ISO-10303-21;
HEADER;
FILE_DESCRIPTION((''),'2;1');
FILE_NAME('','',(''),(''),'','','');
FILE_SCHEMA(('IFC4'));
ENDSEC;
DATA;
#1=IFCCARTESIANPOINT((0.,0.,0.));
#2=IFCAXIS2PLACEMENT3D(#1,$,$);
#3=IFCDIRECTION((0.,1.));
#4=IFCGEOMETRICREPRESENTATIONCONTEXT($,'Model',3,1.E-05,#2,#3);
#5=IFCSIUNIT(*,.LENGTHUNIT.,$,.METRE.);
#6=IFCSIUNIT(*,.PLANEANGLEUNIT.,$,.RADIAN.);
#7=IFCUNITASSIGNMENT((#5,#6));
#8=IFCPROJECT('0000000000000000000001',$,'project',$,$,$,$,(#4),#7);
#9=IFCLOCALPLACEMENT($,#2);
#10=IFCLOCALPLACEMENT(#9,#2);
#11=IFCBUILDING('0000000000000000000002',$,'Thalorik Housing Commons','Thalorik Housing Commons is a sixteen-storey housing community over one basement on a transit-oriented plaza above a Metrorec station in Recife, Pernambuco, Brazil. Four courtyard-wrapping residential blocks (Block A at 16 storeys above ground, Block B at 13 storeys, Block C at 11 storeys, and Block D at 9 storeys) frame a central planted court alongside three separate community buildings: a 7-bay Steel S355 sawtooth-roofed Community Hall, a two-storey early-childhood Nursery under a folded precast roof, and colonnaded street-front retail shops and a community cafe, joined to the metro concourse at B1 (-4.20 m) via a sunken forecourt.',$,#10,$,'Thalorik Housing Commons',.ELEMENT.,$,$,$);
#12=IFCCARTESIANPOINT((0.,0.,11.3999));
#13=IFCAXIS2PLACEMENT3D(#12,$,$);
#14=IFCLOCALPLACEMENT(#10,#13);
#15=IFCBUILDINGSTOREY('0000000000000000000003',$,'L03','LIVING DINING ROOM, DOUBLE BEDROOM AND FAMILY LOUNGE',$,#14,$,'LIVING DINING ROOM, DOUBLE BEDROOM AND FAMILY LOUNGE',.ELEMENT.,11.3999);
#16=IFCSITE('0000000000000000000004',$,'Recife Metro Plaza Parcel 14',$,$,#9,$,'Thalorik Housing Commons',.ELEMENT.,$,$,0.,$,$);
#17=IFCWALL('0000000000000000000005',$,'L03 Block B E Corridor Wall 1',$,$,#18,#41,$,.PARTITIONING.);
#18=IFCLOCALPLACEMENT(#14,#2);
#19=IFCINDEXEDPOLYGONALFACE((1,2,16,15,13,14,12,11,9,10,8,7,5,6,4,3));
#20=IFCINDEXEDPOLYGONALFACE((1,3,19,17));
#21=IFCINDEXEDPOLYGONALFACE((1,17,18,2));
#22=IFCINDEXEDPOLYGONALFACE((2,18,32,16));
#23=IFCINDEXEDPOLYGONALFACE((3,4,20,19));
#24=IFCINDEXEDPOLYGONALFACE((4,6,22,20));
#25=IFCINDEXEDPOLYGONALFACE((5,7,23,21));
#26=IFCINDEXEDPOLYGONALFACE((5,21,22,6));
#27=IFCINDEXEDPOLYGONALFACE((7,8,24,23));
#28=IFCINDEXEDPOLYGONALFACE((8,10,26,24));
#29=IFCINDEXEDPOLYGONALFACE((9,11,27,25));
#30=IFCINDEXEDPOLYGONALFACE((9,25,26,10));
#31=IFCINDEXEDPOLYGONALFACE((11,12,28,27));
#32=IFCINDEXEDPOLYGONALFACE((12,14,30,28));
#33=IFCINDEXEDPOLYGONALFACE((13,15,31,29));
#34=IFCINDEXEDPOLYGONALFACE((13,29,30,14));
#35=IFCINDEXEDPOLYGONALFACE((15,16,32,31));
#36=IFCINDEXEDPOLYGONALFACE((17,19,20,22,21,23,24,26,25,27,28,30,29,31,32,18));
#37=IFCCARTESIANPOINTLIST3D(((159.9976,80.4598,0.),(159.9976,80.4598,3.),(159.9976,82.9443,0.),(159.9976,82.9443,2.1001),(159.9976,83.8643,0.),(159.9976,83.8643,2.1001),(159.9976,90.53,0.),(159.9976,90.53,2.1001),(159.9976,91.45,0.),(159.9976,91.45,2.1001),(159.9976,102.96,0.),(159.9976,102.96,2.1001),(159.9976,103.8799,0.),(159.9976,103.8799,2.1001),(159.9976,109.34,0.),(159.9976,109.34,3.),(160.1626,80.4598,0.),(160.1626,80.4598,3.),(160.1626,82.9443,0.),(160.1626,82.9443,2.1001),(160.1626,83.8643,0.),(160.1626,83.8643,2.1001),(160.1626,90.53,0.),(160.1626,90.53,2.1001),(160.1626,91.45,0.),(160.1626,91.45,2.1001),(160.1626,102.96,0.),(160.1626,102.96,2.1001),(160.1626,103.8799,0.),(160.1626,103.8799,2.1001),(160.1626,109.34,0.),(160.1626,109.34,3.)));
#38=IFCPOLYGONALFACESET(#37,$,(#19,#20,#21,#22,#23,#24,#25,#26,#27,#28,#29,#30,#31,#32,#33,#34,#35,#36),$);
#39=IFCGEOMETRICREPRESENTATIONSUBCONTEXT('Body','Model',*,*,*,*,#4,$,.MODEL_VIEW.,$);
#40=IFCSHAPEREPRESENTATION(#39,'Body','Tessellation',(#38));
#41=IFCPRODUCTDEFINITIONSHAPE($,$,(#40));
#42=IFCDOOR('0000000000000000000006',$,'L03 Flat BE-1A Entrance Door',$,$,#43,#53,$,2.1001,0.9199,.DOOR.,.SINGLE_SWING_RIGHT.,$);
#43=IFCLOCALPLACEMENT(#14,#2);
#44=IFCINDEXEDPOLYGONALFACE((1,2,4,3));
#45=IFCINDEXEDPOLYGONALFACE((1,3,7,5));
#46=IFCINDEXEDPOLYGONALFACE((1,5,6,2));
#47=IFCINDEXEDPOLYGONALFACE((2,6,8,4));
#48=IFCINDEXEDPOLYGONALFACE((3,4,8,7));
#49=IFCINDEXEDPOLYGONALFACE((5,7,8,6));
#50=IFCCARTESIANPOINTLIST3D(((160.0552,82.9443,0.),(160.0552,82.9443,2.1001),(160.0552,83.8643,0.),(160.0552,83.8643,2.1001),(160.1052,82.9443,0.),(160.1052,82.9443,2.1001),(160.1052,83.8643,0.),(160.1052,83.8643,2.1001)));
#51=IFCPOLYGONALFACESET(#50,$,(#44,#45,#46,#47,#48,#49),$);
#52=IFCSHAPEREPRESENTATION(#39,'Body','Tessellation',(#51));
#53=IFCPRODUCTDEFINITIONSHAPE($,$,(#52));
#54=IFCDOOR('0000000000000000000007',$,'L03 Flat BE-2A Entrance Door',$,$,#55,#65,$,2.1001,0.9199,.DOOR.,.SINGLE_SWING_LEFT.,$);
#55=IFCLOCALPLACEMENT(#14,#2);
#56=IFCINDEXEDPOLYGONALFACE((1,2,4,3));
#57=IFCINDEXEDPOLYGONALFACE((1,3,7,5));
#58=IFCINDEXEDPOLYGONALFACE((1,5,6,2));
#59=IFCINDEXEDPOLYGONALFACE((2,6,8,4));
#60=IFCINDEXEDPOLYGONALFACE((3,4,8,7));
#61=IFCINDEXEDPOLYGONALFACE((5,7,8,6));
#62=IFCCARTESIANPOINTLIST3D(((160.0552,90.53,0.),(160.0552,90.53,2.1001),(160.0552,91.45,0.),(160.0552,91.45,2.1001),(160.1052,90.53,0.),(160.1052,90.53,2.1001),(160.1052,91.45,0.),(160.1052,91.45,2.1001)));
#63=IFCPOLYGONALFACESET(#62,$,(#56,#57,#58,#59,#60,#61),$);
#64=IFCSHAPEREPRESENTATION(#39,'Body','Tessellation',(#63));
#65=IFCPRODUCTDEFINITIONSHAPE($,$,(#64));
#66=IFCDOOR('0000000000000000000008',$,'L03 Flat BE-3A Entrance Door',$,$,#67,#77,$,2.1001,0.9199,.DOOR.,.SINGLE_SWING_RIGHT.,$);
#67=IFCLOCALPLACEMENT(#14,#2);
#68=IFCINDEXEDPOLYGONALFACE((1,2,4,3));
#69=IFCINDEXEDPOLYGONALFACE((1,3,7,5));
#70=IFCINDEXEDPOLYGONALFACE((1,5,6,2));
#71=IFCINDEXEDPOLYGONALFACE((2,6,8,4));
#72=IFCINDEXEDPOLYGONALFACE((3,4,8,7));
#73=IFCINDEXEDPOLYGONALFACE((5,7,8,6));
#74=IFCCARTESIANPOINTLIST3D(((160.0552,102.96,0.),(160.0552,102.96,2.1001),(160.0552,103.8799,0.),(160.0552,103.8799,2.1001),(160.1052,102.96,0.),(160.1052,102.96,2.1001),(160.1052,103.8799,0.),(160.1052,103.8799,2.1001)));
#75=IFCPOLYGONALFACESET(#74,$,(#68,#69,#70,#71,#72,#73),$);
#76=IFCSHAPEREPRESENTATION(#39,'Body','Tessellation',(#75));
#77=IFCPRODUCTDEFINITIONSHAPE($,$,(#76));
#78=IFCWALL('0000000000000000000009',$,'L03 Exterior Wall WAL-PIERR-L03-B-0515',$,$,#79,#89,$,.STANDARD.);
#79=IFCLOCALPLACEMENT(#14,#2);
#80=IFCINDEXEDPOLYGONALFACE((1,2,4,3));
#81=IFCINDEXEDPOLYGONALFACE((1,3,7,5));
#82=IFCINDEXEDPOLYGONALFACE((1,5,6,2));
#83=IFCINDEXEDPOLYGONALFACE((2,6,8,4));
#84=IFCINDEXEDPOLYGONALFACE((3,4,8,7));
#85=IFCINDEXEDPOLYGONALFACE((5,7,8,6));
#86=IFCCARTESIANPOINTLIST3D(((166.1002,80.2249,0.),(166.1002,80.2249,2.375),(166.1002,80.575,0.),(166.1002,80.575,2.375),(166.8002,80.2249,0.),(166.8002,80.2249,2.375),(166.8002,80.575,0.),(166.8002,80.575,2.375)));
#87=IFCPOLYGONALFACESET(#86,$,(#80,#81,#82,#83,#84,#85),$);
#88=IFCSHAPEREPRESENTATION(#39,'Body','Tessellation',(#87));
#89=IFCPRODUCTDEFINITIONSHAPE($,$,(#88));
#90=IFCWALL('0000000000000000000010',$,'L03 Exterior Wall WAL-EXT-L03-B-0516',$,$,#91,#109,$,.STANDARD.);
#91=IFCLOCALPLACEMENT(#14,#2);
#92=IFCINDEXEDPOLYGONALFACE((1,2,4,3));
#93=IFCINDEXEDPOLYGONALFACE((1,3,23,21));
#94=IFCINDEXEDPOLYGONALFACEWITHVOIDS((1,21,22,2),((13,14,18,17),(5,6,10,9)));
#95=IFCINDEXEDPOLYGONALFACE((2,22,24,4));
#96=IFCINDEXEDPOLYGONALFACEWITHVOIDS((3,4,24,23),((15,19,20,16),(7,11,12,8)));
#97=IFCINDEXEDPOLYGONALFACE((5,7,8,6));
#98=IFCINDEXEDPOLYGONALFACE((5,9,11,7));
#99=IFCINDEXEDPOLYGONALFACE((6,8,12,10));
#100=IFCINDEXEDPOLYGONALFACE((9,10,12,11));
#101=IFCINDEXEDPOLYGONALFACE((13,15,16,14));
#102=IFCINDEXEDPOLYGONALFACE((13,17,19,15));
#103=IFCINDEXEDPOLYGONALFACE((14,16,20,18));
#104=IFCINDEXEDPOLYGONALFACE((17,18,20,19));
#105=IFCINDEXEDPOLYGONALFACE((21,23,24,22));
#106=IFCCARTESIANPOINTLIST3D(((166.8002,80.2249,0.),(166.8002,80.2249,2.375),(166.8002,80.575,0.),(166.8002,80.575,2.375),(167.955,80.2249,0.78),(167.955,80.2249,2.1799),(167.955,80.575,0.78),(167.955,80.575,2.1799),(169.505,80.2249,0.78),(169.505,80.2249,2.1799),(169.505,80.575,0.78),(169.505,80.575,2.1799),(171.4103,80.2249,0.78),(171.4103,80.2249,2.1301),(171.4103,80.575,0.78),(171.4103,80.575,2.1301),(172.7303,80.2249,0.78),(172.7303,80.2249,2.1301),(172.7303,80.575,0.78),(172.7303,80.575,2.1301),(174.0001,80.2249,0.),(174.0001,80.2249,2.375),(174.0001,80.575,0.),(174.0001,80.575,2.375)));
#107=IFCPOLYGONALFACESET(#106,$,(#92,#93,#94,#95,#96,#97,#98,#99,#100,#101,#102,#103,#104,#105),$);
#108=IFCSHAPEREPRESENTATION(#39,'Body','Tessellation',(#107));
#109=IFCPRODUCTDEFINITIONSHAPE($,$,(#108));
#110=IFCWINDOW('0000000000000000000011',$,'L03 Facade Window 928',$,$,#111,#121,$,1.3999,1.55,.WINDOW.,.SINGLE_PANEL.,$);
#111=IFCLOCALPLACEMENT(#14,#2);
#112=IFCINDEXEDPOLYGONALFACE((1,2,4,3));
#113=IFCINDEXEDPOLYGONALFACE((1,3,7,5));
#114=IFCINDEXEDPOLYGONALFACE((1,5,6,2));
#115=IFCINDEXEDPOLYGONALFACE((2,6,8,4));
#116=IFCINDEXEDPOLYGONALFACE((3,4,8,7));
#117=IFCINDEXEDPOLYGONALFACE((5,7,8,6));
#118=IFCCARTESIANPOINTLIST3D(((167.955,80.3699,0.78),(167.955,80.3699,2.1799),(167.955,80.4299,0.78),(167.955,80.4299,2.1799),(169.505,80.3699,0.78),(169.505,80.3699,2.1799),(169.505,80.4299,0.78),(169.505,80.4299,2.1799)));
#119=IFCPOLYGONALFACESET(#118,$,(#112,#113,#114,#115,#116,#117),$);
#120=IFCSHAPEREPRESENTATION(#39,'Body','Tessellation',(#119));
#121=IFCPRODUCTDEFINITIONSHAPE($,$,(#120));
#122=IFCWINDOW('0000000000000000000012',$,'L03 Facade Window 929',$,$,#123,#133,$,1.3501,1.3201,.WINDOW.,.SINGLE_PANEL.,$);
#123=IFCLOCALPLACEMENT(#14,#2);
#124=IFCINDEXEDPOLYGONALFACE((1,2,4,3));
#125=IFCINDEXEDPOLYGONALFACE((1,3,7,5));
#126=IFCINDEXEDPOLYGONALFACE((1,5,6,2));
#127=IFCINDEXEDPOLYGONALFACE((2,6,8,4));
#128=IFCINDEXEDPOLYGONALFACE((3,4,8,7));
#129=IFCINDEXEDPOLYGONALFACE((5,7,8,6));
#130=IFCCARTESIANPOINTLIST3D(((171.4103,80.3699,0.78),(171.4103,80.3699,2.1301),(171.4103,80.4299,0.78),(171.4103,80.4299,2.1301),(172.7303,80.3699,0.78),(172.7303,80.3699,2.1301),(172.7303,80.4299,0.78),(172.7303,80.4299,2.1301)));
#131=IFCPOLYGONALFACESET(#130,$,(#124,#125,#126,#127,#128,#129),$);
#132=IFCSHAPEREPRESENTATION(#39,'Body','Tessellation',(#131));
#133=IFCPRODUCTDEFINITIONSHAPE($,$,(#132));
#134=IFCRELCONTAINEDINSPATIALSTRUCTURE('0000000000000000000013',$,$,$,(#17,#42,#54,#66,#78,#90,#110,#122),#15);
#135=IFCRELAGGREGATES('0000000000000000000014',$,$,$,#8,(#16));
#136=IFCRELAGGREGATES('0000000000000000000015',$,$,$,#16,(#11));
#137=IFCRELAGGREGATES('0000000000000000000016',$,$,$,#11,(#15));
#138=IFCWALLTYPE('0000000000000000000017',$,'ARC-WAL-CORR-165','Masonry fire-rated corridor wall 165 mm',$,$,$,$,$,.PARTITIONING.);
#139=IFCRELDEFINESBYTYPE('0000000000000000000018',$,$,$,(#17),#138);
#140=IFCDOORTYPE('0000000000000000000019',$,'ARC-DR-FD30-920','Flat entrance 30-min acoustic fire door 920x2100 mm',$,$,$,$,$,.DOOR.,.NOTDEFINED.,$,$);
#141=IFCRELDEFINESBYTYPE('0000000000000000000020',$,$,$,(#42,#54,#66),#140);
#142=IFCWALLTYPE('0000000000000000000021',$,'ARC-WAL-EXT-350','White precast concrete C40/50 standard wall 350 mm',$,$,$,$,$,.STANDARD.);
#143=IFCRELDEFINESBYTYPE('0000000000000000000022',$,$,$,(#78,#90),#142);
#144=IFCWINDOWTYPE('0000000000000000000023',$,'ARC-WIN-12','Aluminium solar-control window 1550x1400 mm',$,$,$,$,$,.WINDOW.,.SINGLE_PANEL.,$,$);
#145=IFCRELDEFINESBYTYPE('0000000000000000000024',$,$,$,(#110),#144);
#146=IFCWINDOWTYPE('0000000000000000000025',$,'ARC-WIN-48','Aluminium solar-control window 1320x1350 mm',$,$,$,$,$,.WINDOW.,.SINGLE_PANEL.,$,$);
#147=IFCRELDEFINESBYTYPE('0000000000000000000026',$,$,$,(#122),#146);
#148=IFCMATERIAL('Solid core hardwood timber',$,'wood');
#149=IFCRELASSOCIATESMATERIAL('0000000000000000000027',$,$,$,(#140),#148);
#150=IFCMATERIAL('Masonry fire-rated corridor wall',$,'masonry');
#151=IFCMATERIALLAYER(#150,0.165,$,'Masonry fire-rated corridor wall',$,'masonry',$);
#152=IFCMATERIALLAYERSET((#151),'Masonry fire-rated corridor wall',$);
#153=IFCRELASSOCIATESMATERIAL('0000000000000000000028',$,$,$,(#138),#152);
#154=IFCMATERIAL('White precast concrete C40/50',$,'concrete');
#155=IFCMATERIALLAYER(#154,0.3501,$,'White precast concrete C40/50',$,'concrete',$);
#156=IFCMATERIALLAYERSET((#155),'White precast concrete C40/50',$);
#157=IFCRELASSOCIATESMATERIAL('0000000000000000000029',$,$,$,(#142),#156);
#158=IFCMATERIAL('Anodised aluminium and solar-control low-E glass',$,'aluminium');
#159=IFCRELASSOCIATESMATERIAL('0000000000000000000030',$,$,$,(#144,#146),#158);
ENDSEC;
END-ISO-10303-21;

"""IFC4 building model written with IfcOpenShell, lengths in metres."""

from ifc_helpers import new_model, si_unit, direction, frame, frame_2d, origin, place, context, subcontext, project, spatial, rectangle, extrude, material, layer, layer_set, type_object, element, fill, save


model = new_model("IFC4")

# Units and contexts
model_context = context("Model", 3, precision=1e-05, world=origin(), true_north=direction((0.0, 1.0)))
body_context = subcontext(model_context, "Body", "Model", "MODEL_VIEW")
ifc_project = project(units=[si_unit("LENGTHUNIT", "METRE"), si_unit("PLANEANGLEUNIT", "RADIAN")], contexts=[model_context])

# Site, building, storey
site_placement = place(None, origin())
site = spatial("IfcSite", under=ifc_project, at=site_placement, Name="Recife Metro Plaza Parcel 14", LongName="Thalorik Housing Commons", CompositionType="ELEMENT", RefElevation=0.0)
building_placement = place(site_placement, origin())
building = spatial("IfcBuilding", under=site, at=building_placement, Name="Thalorik Housing Commons", Description="Thalorik Housing Commons is a sixteen-storey housing community over one basement on a transit-oriented plaza above a Metrorec station in Recife, Pernambuco, Brazil. Four courtyard-wrapping residential blocks (Block A at 16 storeys above ground, Block B at 13 storeys, Block C at 11 storeys, and Block D at 9 storeys) frame a central planted court alongside three separate community buildings: a 7-bay Steel S355 sawtooth-roofed Community Hall, a two-storey early-childhood Nursery under a folded precast roof, and colonnaded street-front retail shops and a community cafe, joined to the metro concourse at B1 (-4.20 m) via a sunken forecourt.", LongName="Thalorik Housing Commons", CompositionType="ELEMENT")
storey_placement = place(building_placement, frame((0.0, 0.0, 11.3999)))
storey = spatial("IfcBuildingStorey", under=building, at=storey_placement, Name="L03", Description="LIVING DINING ROOM, DOUBLE BEDROOM AND FAMILY LOUNGE", LongName="LIVING DINING ROOM, DOUBLE BEDROOM AND FAMILY LOUNGE", CompositionType="ELEMENT", Elevation=11.3999)

# Shared definitions
ifc_material_1 = material(Name="Anodised aluminium and solar-control low-E glass", Category="aluminium")

# Wall, openings, doors
ifc_material_2 = material(Name="Masonry fire-rated corridor wall", Category="masonry")
ifc_material_3 = material(Name="Solid core hardwood timber", Category="wood")
door_type_1 = type_object("IfcDoorType", Name="ARC-DR-FD30-920", Description="Flat entrance 30-min acoustic fire door 920x2100 mm", OperationType="NOTDEFINED", PredefinedType="DOOR", material=ifc_material_3)
ifc_layer_1 = layer(ifc_material_2, 0.165, Name="Masonry fire-rated corridor wall", Category="masonry")
ifc_layer_set_1 = layer_set([ifc_layer_1], Name="Masonry fire-rated corridor wall")
wall_type_1 = type_object("IfcWallType", Name="ARC-WAL-CORR-165", Description="Masonry fire-rated corridor wall 165 mm", PredefinedType="PARTITIONING", material=ifc_layer_set_1)
wall_1_placement = place(storey_placement, frame((160.0801, 80.46, 0.0), z_axis=(0.0, 0.0, 1.0), x_axis=(0.0, 1.0, 0.0)))
wall_1 = element("IfcWall", 1, at=wall_1_placement, inside=storey, type_object=wall_type_1, Name="L03 Block B E Corridor Wall 1", PredefinedType="PARTITIONING", context=body_context, shape_type="SweptSolid", body=[
    extrude(rectangle(XDim=28.8801, YDim=0.165, at=frame_2d((14.4399, 0.0))), origin(), (0.0, 0.0, 1.0), 3.0),
])
opening_1_placement = place(wall_1_placement, frame((2.4844, 0.0, 0.0)))
opening_1 = element("IfcOpeningElement", 2, at=opening_1_placement, cuts=wall_1, PredefinedType="OPENING", context=body_context, shape_type="SweptSolid", body=[
    extrude(rectangle(XDim=0.9199, YDim=2.1001, at=frame_2d((0.46, 1.05))), frame((0.0, 0.0925, 0.0), z_axis=(0.0, -1.0, 0.0), x_axis=(1.0, 0.0, 0.0)), (0.0, 0.0, 1.0), 0.1851),
])
opening_2_placement = place(wall_1_placement, frame((10.0701, 0.0, 0.0)))
opening_2 = element("IfcOpeningElement", 3, at=opening_2_placement, cuts=wall_1, PredefinedType="OPENING", context=body_context, shape_type="SweptSolid", body=[
    extrude(rectangle(XDim=0.9199, YDim=2.1001, at=frame_2d((0.46, 1.05))), frame((0.0, 0.0925, 0.0), z_axis=(0.0, -1.0, 0.0), x_axis=(1.0, 0.0, 0.0)), (0.0, 0.0, 1.0), 0.1851),
])
opening_3_placement = place(wall_1_placement, frame((22.5, 0.0, 0.0)))
opening_3 = element("IfcOpeningElement", 4, at=opening_3_placement, cuts=wall_1, PredefinedType="OPENING", context=body_context, shape_type="SweptSolid", body=[
    extrude(rectangle(XDim=0.9199, YDim=2.1001, at=frame_2d((0.46, 1.05))), frame((0.0, 0.0925, 0.0), z_axis=(0.0, -1.0, 0.0), x_axis=(1.0, 0.0, 0.0)), (0.0, 0.0, 1.0), 0.1851),
])
door_1_placement = place(opening_1_placement, origin())
door_1 = element("IfcDoor", 5, at=door_1_placement, inside=storey, type_object=door_type_1, Name="L03 Flat BE-1A Entrance Door", OperationType="SINGLE_SWING_RIGHT", OverallHeight=2.1001, OverallWidth=0.9199, PredefinedType="DOOR", context=body_context, shape_type="SweptSolid", body=[
    extrude(rectangle(XDim=0.9199, YDim=2.1001, at=frame_2d((0.46, 1.05))), frame((0.0, 0.0249, 0.0), z_axis=(0.0, -1.0, 0.0), x_axis=(1.0, 0.0, 0.0)), (0.0, 0.0, 1.0), 0.05),
])
fill(opening_1, door_1)
door_2_placement = place(opening_2_placement, origin())
door_2 = element("IfcDoor", 6, at=door_2_placement, inside=storey, type_object=door_type_1, Name="L03 Flat BE-2A Entrance Door", OperationType="SINGLE_SWING_LEFT", OverallHeight=2.1001, OverallWidth=0.9199, PredefinedType="DOOR", context=body_context, shape_type="SweptSolid", body=[
    extrude(rectangle(XDim=0.9199, YDim=2.1001, at=frame_2d((0.46, 1.05))), frame((0.0, 0.0249, 0.0), z_axis=(0.0, -1.0, 0.0), x_axis=(1.0, 0.0, 0.0)), (0.0, 0.0, 1.0), 0.05),
])
fill(opening_2, door_2)
door_3_placement = place(opening_3_placement, origin())
door_3 = element("IfcDoor", 7, at=door_3_placement, inside=storey, type_object=door_type_1, Name="L03 Flat BE-3A Entrance Door", OperationType="SINGLE_SWING_RIGHT", OverallHeight=2.1001, OverallWidth=0.9199, PredefinedType="DOOR", context=body_context, shape_type="SweptSolid", body=[
    extrude(rectangle(XDim=0.9199, YDim=2.1001, at=frame_2d((0.46, 1.05))), frame((0.0, 0.0249, 0.0), z_axis=(0.0, -1.0, 0.0), x_axis=(1.0, 0.0, 0.0)), (0.0, 0.0, 1.0), 0.05),
])
fill(opening_3, door_3)

# Wall
ifc_material_4 = material(Name="White precast concrete C40/50", Category="concrete")
ifc_layer_2 = layer(ifc_material_4, 0.3501, Name="White precast concrete C40/50", Category="concrete")
ifc_layer_set_2 = layer_set([ifc_layer_2], Name="White precast concrete C40/50")
wall_type_2 = type_object("IfcWallType", Name="ARC-WAL-EXT-350", Description="White precast concrete C40/50 standard wall 350 mm", PredefinedType="STANDARD", material=ifc_layer_set_2)
wall_2_placement = place(storey_placement, frame((166.1001, 80.3999, 0.0), z_axis=(0.0, 0.0, 1.0), x_axis=(1.0, 0.0, 0.0)))
element("IfcWall", 8, at=wall_2_placement, inside=storey, type_object=wall_type_2, Name="L03 Exterior Wall WAL-PIERR-L03-B-0515", PredefinedType="STANDARD", context=body_context, shape_type="SweptSolid", body=[
    extrude(rectangle(XDim=0.7, YDim=0.3501, at=frame_2d((0.3501, 0.0))), origin(), (0.0, 0.0, 1.0), 2.375),
])

# Wall, openings, windows
wall_3_placement = place(storey_placement, frame((166.8, 80.3999, 0.0), z_axis=(0.0, 0.0, 1.0), x_axis=(1.0, 0.0, 0.0)))
wall_3 = element("IfcWall", 9, at=wall_3_placement, inside=storey, type_object=wall_type_2, Name="L03 Exterior Wall WAL-EXT-L03-B-0516", PredefinedType="STANDARD", context=body_context, shape_type="SweptSolid", body=[
    extrude(rectangle(XDim=7.2, YDim=0.3501, at=frame_2d((3.6001, 0.0))), origin(), (0.0, 0.0, 1.0), 2.375),
])
opening_4_placement = place(wall_3_placement, frame((1.155, 0.0, 0.78)))
opening_4 = element("IfcOpeningElement", 10, at=opening_4_placement, cuts=wall_3, PredefinedType="OPENING", context=body_context, shape_type="SweptSolid", body=[
    extrude(rectangle(XDim=1.55, YDim=1.3999, at=frame_2d((0.7749, 0.7))), frame((0.0, 0.1851, 0.0), z_axis=(0.0, -1.0, 0.0), x_axis=(1.0, 0.0, 0.0)), (0.0, 0.0, 1.0), 0.3701),
])
opening_5_placement = place(wall_3_placement, frame((4.6101, 0.0, 0.78)))
opening_5 = element("IfcOpeningElement", 11, at=opening_5_placement, cuts=wall_3, PredefinedType="OPENING", context=body_context, shape_type="SweptSolid", body=[
    extrude(rectangle(XDim=1.3201, YDim=1.3501, at=frame_2d((0.6602, 0.675))), frame((0.0, 0.1851, 0.0), z_axis=(0.0, -1.0, 0.0), x_axis=(1.0, 0.0, 0.0)), (0.0, 0.0, 1.0), 0.3701),
])
window_type_1 = type_object("IfcWindowType", Name="ARC-WIN-12", Description="Aluminium solar-control window 1550x1400 mm", PartitioningType="SINGLE_PANEL", PredefinedType="WINDOW", material=ifc_material_1)
window_1_placement = place(opening_4_placement, origin())
window_1 = element("IfcWindow", 12, at=window_1_placement, inside=storey, type_object=window_type_1, Name="L03 Facade Window 928", OverallHeight=1.3999, OverallWidth=1.55, PartitioningType="SINGLE_PANEL", PredefinedType="WINDOW", context=body_context, shape_type="SweptSolid", body=[
    extrude(rectangle(XDim=1.55, YDim=1.3999, at=frame_2d((0.7749, 0.7))), frame((0.0, 0.03, 0.0), z_axis=(0.0, -1.0, 0.0), x_axis=(1.0, 0.0, 0.0)), (0.0, 0.0, 1.0), 0.0601),
])
fill(opening_4, window_1)
window_type_2 = type_object("IfcWindowType", Name="ARC-WIN-48", Description="Aluminium solar-control window 1320x1350 mm", PartitioningType="SINGLE_PANEL", PredefinedType="WINDOW", material=ifc_material_1)
window_2_placement = place(opening_5_placement, origin())
window_2 = element("IfcWindow", 13, at=window_2_placement, inside=storey, type_object=window_type_2, Name="L03 Facade Window 929", OverallHeight=1.3501, OverallWidth=1.3201, PartitioningType="SINGLE_PANEL", PredefinedType="WINDOW", context=body_context, shape_type="SweptSolid", body=[
    extrude(rectangle(XDim=1.3201, YDim=1.3501, at=frame_2d((0.6602, 0.675))), frame((0.0, 0.03, 0.0), z_axis=(0.0, -1.0, 0.0), x_axis=(1.0, 0.0, 0.0)), (0.0, 0.0, 1.0), 0.0601),
])
fill(opening_5, window_2)

save(model, "model.ifc")
